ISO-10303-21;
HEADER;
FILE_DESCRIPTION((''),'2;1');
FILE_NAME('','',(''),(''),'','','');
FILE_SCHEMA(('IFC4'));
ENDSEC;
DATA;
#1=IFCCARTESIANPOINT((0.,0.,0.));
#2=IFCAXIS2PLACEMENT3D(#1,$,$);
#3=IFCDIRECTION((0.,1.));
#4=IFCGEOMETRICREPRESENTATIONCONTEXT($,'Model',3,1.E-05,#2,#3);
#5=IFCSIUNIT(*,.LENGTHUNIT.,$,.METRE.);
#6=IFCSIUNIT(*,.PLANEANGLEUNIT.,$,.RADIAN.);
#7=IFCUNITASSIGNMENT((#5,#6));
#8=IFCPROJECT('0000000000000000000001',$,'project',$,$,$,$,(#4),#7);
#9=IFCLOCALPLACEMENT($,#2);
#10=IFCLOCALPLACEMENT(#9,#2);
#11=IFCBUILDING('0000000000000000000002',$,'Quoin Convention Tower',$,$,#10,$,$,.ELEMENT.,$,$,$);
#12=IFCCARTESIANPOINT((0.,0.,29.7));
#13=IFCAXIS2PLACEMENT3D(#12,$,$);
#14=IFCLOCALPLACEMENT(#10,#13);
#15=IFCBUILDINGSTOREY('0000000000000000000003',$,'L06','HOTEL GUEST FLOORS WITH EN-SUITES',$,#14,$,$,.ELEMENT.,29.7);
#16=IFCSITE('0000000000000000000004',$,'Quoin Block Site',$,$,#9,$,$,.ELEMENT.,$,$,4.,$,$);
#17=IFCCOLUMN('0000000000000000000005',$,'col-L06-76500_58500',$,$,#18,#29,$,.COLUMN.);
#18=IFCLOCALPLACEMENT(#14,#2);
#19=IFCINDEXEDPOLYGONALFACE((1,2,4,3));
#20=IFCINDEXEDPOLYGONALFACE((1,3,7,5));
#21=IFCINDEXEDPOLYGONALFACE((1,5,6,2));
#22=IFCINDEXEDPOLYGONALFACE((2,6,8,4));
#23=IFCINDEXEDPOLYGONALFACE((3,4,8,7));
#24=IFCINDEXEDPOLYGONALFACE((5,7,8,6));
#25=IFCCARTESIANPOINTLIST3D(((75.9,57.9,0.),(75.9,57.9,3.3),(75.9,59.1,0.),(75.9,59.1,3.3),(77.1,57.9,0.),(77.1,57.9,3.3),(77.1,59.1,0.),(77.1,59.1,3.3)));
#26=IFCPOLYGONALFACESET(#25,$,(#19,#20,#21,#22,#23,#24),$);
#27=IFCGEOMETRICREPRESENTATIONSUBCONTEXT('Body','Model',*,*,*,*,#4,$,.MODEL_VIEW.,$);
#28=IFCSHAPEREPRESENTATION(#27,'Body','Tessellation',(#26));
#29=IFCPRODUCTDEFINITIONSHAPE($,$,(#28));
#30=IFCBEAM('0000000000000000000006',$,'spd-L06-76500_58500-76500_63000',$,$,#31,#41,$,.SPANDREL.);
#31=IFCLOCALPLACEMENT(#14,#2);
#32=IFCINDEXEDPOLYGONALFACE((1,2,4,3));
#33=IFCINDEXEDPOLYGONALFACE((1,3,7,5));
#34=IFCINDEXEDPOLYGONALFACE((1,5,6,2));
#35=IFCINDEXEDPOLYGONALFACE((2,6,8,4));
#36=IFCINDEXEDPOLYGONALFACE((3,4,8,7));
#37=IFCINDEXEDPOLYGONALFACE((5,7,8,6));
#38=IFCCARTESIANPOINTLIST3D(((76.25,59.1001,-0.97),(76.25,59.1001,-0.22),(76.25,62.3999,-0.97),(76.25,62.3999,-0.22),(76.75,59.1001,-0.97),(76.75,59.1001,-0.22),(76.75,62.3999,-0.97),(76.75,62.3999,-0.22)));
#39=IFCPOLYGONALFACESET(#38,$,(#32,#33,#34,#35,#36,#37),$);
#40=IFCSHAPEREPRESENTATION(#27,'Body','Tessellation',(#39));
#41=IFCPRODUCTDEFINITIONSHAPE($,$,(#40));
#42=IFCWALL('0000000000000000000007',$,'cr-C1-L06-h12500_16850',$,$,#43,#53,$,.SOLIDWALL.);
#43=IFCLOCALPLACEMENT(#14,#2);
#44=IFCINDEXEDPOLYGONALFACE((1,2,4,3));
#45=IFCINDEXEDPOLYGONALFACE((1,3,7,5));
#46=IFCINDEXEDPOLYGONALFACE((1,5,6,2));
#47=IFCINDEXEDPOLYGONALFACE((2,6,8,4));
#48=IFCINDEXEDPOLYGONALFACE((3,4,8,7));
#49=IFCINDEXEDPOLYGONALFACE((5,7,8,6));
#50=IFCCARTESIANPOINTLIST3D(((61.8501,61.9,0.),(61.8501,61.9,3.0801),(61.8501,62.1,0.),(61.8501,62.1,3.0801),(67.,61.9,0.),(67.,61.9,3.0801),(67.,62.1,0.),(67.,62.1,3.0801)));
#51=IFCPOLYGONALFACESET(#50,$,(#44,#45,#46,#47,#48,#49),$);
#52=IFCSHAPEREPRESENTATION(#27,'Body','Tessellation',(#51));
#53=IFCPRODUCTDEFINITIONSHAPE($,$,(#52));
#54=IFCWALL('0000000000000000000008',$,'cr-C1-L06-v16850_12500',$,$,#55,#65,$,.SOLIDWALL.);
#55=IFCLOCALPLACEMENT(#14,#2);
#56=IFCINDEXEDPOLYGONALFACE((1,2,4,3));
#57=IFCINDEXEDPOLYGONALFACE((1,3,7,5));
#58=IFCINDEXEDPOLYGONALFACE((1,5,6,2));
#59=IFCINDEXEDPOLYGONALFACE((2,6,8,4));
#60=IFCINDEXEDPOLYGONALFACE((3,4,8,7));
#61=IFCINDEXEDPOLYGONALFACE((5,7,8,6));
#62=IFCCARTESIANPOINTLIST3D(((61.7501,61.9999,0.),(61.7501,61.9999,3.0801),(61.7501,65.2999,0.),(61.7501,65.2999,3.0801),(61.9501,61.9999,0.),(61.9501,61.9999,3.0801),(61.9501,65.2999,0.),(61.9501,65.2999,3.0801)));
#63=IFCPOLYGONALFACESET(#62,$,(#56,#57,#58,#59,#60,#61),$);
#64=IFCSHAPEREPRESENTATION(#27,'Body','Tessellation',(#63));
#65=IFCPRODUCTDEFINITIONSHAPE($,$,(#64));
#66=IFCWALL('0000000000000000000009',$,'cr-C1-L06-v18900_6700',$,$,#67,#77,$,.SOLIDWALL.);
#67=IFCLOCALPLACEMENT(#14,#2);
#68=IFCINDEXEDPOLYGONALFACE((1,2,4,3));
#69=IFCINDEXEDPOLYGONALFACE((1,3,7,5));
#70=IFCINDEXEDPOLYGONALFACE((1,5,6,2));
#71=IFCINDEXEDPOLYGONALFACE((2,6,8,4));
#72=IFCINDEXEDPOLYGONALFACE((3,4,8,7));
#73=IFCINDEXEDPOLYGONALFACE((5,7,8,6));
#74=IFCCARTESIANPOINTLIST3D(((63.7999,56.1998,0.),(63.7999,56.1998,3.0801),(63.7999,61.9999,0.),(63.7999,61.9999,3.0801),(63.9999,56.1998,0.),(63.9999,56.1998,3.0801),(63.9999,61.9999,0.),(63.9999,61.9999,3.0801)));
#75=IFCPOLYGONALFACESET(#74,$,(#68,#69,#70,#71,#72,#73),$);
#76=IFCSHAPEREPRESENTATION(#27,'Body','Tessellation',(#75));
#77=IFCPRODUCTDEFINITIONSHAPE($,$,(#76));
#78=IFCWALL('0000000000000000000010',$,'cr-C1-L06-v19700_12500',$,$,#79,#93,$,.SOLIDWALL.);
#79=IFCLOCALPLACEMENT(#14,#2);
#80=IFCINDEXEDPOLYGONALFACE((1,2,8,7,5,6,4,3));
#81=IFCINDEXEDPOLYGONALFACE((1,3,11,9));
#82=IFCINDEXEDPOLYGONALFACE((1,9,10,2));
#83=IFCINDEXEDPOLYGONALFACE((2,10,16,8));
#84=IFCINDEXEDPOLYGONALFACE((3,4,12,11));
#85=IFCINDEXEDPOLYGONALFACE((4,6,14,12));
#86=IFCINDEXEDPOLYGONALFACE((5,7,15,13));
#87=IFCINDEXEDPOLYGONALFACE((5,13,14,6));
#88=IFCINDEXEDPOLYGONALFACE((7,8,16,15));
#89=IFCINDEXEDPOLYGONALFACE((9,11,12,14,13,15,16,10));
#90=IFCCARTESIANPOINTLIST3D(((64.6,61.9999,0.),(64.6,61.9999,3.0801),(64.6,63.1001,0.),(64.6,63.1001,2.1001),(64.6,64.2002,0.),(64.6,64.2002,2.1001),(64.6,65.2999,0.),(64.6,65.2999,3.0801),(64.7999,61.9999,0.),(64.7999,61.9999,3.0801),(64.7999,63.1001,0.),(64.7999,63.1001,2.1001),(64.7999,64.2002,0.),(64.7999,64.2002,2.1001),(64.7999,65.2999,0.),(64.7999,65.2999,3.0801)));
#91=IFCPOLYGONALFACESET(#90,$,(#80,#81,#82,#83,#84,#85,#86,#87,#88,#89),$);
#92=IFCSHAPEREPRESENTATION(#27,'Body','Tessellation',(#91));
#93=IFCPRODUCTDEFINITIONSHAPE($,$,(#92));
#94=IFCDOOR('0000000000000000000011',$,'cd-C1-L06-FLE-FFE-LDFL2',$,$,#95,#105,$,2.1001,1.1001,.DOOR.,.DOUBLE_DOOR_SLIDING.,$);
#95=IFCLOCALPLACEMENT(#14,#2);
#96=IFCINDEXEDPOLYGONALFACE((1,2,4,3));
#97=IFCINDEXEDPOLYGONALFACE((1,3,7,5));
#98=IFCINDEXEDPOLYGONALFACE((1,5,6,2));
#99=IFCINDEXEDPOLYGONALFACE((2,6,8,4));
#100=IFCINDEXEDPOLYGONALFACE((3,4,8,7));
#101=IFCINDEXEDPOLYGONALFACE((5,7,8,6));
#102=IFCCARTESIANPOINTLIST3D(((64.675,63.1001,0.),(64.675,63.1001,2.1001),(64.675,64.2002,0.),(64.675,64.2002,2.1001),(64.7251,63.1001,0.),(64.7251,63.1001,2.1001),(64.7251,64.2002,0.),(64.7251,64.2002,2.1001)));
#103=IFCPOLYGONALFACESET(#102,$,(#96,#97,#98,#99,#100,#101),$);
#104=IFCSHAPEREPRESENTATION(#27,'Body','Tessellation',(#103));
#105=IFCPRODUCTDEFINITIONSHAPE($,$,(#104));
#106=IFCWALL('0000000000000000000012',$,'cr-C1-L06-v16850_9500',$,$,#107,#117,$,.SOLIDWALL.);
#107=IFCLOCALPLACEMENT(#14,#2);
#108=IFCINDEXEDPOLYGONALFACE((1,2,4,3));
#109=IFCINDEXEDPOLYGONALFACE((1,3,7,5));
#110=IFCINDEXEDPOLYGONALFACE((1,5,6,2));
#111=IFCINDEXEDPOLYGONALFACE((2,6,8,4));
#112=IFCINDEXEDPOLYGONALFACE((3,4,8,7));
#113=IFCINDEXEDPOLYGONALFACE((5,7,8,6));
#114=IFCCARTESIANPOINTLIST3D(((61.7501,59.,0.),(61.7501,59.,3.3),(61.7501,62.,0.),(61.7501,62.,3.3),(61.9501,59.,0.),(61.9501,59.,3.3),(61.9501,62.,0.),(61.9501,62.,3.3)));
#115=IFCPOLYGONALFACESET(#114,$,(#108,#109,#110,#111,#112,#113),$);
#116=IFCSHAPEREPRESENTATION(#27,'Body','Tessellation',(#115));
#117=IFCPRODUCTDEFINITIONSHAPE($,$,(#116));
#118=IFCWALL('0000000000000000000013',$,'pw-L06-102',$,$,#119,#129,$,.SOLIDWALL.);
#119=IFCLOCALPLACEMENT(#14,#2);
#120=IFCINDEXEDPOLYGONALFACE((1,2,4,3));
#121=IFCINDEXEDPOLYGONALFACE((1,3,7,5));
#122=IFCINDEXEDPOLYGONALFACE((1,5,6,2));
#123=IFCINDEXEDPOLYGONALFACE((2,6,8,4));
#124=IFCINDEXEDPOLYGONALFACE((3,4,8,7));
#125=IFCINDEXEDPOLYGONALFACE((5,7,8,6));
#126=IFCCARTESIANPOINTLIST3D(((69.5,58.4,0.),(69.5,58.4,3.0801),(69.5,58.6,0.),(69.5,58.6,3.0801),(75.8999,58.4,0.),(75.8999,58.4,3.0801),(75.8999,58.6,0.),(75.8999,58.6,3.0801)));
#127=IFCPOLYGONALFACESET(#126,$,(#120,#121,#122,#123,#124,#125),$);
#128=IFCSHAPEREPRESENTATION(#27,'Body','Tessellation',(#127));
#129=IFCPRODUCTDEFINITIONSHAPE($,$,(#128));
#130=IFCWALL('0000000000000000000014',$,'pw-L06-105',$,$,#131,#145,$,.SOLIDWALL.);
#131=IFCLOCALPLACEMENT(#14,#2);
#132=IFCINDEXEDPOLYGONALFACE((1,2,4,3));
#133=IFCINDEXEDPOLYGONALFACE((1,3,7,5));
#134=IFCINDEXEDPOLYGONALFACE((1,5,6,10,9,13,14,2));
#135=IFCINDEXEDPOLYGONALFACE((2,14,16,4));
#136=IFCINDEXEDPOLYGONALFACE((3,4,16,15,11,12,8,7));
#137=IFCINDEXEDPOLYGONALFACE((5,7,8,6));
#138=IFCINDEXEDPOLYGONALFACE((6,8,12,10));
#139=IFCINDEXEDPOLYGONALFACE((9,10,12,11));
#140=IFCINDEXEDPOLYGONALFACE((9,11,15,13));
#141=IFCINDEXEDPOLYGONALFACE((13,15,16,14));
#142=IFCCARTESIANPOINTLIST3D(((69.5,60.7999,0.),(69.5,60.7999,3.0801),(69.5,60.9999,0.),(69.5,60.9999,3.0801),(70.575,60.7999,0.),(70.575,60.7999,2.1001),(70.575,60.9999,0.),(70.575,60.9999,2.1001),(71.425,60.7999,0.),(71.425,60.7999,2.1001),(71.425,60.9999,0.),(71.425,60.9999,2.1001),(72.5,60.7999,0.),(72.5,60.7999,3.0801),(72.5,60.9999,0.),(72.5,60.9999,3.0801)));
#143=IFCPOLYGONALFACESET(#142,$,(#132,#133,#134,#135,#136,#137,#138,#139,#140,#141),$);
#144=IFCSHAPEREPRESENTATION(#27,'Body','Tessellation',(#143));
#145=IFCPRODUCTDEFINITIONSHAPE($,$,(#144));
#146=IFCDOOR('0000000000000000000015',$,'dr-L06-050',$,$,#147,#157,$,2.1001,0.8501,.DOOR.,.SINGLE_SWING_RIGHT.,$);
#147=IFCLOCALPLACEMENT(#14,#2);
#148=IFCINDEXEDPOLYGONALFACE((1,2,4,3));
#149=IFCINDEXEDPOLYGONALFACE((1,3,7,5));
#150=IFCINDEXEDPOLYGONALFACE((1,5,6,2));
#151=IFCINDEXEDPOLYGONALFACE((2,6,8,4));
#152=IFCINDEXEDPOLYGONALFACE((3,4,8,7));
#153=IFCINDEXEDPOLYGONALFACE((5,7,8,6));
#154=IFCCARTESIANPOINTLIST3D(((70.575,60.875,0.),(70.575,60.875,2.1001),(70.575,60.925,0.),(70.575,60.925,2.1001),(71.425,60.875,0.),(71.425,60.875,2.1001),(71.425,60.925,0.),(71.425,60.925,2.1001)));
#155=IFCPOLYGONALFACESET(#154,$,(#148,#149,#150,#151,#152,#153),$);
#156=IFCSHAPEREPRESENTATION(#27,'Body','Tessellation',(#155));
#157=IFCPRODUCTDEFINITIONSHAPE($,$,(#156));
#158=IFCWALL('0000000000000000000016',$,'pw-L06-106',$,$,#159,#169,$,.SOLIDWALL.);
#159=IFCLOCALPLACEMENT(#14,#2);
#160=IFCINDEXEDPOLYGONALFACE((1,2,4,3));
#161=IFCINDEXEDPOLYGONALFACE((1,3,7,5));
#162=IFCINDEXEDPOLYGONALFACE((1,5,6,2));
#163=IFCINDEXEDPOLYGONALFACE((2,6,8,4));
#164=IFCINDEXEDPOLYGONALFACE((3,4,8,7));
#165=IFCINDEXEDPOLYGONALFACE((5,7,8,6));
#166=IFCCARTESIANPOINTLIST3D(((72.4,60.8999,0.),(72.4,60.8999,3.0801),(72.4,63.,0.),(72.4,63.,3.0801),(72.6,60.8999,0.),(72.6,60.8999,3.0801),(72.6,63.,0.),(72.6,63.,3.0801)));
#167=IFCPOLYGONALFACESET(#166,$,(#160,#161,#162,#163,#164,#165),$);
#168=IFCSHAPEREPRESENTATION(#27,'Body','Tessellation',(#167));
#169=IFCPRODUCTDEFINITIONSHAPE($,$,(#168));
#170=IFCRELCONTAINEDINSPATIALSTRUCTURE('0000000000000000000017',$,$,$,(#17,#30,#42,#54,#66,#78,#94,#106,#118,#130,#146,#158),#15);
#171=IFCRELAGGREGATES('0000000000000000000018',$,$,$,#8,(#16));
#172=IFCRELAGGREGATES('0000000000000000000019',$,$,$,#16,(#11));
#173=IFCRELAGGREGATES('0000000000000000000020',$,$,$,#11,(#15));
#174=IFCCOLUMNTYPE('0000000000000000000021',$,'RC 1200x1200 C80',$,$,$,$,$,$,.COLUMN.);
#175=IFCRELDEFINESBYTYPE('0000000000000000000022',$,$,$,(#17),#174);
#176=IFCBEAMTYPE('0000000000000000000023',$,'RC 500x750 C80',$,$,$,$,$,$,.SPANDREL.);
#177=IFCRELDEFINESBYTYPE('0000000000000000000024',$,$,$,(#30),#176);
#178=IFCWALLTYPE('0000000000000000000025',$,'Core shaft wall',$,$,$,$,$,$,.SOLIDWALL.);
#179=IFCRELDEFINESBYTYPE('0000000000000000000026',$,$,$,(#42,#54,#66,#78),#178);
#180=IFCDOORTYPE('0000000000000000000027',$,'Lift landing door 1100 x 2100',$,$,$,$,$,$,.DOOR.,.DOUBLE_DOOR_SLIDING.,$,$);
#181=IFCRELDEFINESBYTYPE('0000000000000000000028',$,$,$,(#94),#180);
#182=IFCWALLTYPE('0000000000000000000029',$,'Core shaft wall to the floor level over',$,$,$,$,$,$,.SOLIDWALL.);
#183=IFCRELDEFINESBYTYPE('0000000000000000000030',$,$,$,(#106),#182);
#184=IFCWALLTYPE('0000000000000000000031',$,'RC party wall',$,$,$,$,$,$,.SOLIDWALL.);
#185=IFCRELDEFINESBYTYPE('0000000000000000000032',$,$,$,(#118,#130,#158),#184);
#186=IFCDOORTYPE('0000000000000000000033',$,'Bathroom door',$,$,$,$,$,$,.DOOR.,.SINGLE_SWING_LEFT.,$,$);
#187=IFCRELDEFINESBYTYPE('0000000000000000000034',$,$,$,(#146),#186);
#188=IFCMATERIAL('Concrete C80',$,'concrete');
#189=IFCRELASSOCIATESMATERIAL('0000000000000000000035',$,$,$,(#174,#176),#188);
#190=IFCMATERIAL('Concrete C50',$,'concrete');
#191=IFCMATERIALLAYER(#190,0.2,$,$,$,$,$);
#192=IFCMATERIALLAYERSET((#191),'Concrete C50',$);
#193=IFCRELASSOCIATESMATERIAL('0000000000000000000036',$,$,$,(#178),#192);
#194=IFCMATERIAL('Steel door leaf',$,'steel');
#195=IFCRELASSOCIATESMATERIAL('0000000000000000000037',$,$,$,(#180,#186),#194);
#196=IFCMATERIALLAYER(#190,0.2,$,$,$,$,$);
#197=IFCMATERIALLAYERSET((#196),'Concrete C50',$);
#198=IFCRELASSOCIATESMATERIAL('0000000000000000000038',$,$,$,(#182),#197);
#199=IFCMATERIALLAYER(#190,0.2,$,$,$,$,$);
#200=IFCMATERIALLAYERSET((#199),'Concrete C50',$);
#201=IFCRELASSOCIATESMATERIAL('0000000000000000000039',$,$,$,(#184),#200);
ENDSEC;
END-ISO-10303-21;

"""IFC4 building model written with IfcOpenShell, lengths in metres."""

from ifc_helpers import new_model, si_unit, direction, frame, frame_2d, origin, origin_2d, place, context, subcontext, project, spatial, rectangle, extrude, material, layer, layer_set, material_profile, profile_set, type_object, element, fill, save


model = new_model("IFC4")

# Units and contexts
model_context = context("Model", 3, precision=1e-05, world=origin(), true_north=direction((0.0, 1.0)))
body_context = subcontext(model_context, "Body", "Model", "MODEL_VIEW")
ifc_project = project(units=[si_unit("LENGTHUNIT", "METRE"), si_unit("PLANEANGLEUNIT", "RADIAN")], contexts=[model_context])

# Site, building, storey
site_placement = place(None, origin())
site = spatial("IfcSite", under=ifc_project, at=site_placement, Name="Quoin Block Site", CompositionType="ELEMENT", RefElevation=4.0)
building_placement = place(site_placement, origin())
building = spatial("IfcBuilding", under=site, at=building_placement, Name="Quoin Convention Tower", CompositionType="ELEMENT")
storey_placement = place(building_placement, frame((0.0, 0.0, 29.7)))
storey = spatial("IfcBuildingStorey", under=building, at=storey_placement, Name="L06", Description="HOTEL GUEST FLOORS WITH EN-SUITES", CompositionType="ELEMENT", Elevation=29.7)

# Column
ifc_material_1 = material(Name="Concrete C80", Category="concrete")
ifc_material_profile_1 = material_profile(ifc_material_1, rectangle(XDim=1.2, YDim=1.2, at=origin_2d()), Name="RC 1200x1200")
ifc_profile_set_1 = profile_set([ifc_material_profile_1], Name="Concrete C80")
column_type = type_object("IfcColumnType", Name="RC 1200x1200 C80", PredefinedType="COLUMN", material=ifc_profile_set_1)
column_placement = place(storey_placement, frame((76.5, 58.5, 0.0), z_axis=(0.0, 0.0, 1.0), x_axis=(1.0, 0.0, 0.0)))
element("IfcColumn", 1, at=column_placement, inside=storey, type_object=column_type, Name="col-L06-76500_58500", PredefinedType="COLUMN", context=body_context, shape_type="SweptSolid", body=[
    extrude(rectangle(XDim=1.2, YDim=1.2, at=origin_2d()), origin(), (0.0, 0.0, 1.0), 3.3),
])

# Beam
ifc_material_profile_2 = material_profile(ifc_material_1, rectangle(XDim=0.5, YDim=0.75, at=origin_2d()), Name="RC 500x750")
ifc_profile_set_2 = profile_set([ifc_material_profile_2], Name="Concrete C80")
beam_type = type_object("IfcBeamType", Name="RC 500x750 C80", PredefinedType="SPANDREL", material=ifc_profile_set_2)
beam_placement = place(storey_placement, frame((76.5, 59.1001, -0.595), z_axis=(0.0, 1.0, 0.0), x_axis=(-1.0, 0.0, 0.0)))
element("IfcBeam", 2, at=beam_placement, inside=storey, type_object=beam_type, Name="spd-L06-76500_58500-76500_63000", PredefinedType="SPANDREL", context=body_context, shape_type="SweptSolid", body=[
    extrude(rectangle(XDim=0.5, YDim=0.75, at=origin_2d()), origin(), (0.0, 0.0, 1.0), 3.2998),
])

# Walls
ifc_material_2 = material(Name="Concrete C50", Category="concrete")
ifc_layer_1 = layer(ifc_material_2, 0.2)
ifc_layer_set_1 = layer_set([ifc_layer_1], Name="Concrete C50")
wall_type_1 = type_object("IfcWallType", Name="Core shaft wall", PredefinedType="SOLIDWALL", material=ifc_layer_set_1)
wall_1_placement = place(storey_placement, frame((61.8501, 62.0, 0.0), z_axis=(0.0, 0.0, 1.0), x_axis=(1.0, 0.0, 0.0)))
element("IfcWall", 3, at=wall_1_placement, inside=storey, type_object=wall_type_1, Name="cr-C1-L06-h12500_16850", PredefinedType="SOLIDWALL", context=body_context, shape_type="SweptSolid", body=[
    extrude(rectangle(XDim=5.1499, YDim=0.2, at=frame_2d((2.575, 0.0))), origin(), (0.0, 0.0, 1.0), 3.0801),
])
wall_2_placement = place(storey_placement, frame((61.8501, 62.0, 0.0), z_axis=(0.0, 0.0, 1.0), x_axis=(0.0, 1.0, 0.0)))
element("IfcWall", 4, at=wall_2_placement, inside=storey, type_object=wall_type_1, Name="cr-C1-L06-v16850_12500", PredefinedType="SOLIDWALL", context=body_context, shape_type="SweptSolid", body=[
    extrude(rectangle(XDim=3.3, YDim=0.2, at=frame_2d((1.6499, 0.0))), origin(), (0.0, 0.0, 1.0), 3.0801),
])
wall_3_placement = place(storey_placement, frame((63.8999, 56.2, 0.0), z_axis=(0.0, 0.0, 1.0), x_axis=(0.0, 1.0, 0.0)))
element("IfcWall", 5, at=wall_3_placement, inside=storey, type_object=wall_type_1, Name="cr-C1-L06-v18900_6700", PredefinedType="SOLIDWALL", context=body_context, shape_type="SweptSolid", body=[
    extrude(rectangle(XDim=5.8, YDim=0.2, at=frame_2d((2.8999, 0.0))), origin(), (0.0, 0.0, 1.0), 3.0801),
])

# Wall, opening, door
wall_4_placement = place(storey_placement, frame((64.7, 62.0, 0.0), z_axis=(0.0, 0.0, 1.0), x_axis=(0.0, 1.0, 0.0)))
wall_4 = element("IfcWall", 6, at=wall_4_placement, inside=storey, type_object=wall_type_1, Name="cr-C1-L06-v19700_12500", PredefinedType="SOLIDWALL", context=body_context, shape_type="SweptSolid", body=[
    extrude(rectangle(XDim=3.3, YDim=0.2, at=frame_2d((1.6499, 0.0))), origin(), (0.0, 0.0, 1.0), 3.0801),
])
opening_1_placement = place(wall_4_placement, frame((1.1001, 0.0, 0.0)))
opening_1 = element("IfcOpeningElement", 7, at=opening_1_placement, cuts=wall_4, PredefinedType="OPENING", context=body_context, shape_type="SweptSolid", body=[
    extrude(rectangle(XDim=1.1001, YDim=2.1001, at=frame_2d((0.55, 1.05))), frame((0.0, 0.1099, 0.0), z_axis=(0.0, -1.0, 0.0), x_axis=(1.0, 0.0, 0.0)), (0.0, 0.0, 1.0), 0.22),
])
ifc_material_3 = material(Name="Steel door leaf", Category="steel")
door_type_1 = type_object("IfcDoorType", Name="Lift landing door 1100 x 2100", OperationType="DOUBLE_DOOR_SLIDING", PredefinedType="DOOR", material=ifc_material_3)
door_1_placement = place(opening_1_placement, origin())
door_1 = element("IfcDoor", 8, at=door_1_placement, inside=storey, type_object=door_type_1, Name="cd-C1-L06-FLE-FFE-LDFL2", OperationType="DOUBLE_DOOR_SLIDING", OverallHeight=2.1001, OverallWidth=1.1001, PredefinedType="DOOR", context=body_context, shape_type="SweptSolid", body=[
    extrude(rectangle(XDim=1.1001, YDim=2.1001, at=frame_2d((0.55, 1.05))), frame((0.0, 0.0249, 0.0), z_axis=(0.0, -1.0, 0.0), x_axis=(1.0, 0.0, 0.0)), (0.0, 0.0, 1.0), 0.05),
])
fill(opening_1, door_1)

# Walls
ifc_layer_2 = layer(ifc_material_2, 0.2)
ifc_layer_set_2 = layer_set([ifc_layer_2], Name="Concrete C50")
wall_type_2 = type_object("IfcWallType", Name="Core shaft wall to the floor level over", PredefinedType="SOLIDWALL", material=ifc_layer_set_2)
wall_5_placement = place(storey_placement, frame((61.8501, 59.0, 0.0), z_axis=(0.0, 0.0, 1.0), x_axis=(0.0, 1.0, 0.0)))
element("IfcWall", 9, at=wall_5_placement, inside=storey, type_object=wall_type_2, Name="cr-C1-L06-v16850_9500", PredefinedType="SOLIDWALL", context=body_context, shape_type="SweptSolid", body=[
    extrude(rectangle(XDim=3.0, YDim=0.2, at=frame_2d((1.5, 0.0))), origin(), (0.0, 0.0, 1.0), 3.3),
])
ifc_layer_3 = layer(ifc_material_2, 0.2)
ifc_layer_set_3 = layer_set([ifc_layer_3], Name="Concrete C50")
wall_type_3 = type_object("IfcWallType", Name="RC party wall", PredefinedType="SOLIDWALL", material=ifc_layer_set_3)
wall_6_placement = place(storey_placement, frame((69.5, 58.5, 0.0), z_axis=(0.0, 0.0, 1.0), x_axis=(1.0, 0.0, 0.0)))
element("IfcWall", 10, at=wall_6_placement, inside=storey, type_object=wall_type_3, Name="pw-L06-102", PredefinedType="SOLIDWALL", context=body_context, shape_type="SweptSolid", body=[
    extrude(rectangle(XDim=6.3999, YDim=0.2, at=frame_2d((3.2, 0.0))), origin(), (0.0, 0.0, 1.0), 3.0801),
])

# Wall, opening, door
wall_7_placement = place(storey_placement, frame((69.5, 60.8999, 0.0), z_axis=(0.0, 0.0, 1.0), x_axis=(1.0, 0.0, 0.0)))
wall_7 = element("IfcWall", 11, at=wall_7_placement, inside=storey, type_object=wall_type_3, Name="pw-L06-105", PredefinedType="SOLIDWALL", context=body_context, shape_type="SweptSolid", body=[
    extrude(rectangle(XDim=3.0, YDim=0.2, at=frame_2d((1.5, 0.0))), origin(), (0.0, 0.0, 1.0), 3.0801),
])
opening_2_placement = place(wall_7_placement, frame((1.075, 0.0, 0.0)))
opening_2 = element("IfcOpeningElement", 12, at=opening_2_placement, cuts=wall_7, PredefinedType="OPENING", context=body_context, shape_type="SweptSolid", body=[
    extrude(rectangle(XDim=0.8501, YDim=2.1001, at=frame_2d((0.425, 1.05))), frame((0.0, 0.1099, 0.0), z_axis=(0.0, -1.0, 0.0), x_axis=(1.0, 0.0, 0.0)), (0.0, 0.0, 1.0), 0.22),
])
door_type_2 = type_object("IfcDoorType", Name="Bathroom door", OperationType="SINGLE_SWING_LEFT", PredefinedType="DOOR", material=ifc_material_3)
door_2_placement = place(opening_2_placement, frame((0.8501, 0.0, 0.0), z_axis=(0.0, 0.0, 1.0), x_axis=(-1.0, 0.0, 0.0)))
door_2 = element("IfcDoor", 13, at=door_2_placement, inside=storey, type_object=door_type_2, Name="dr-L06-050", OperationType="SINGLE_SWING_RIGHT", OverallHeight=2.1001, OverallWidth=0.8501, PredefinedType="DOOR", context=body_context, shape_type="SweptSolid", body=[
    extrude(rectangle(XDim=0.8501, YDim=2.1001, at=frame_2d((0.425, 1.05))), frame((0.0, 0.0249, 0.0), z_axis=(0.0, -1.0, 0.0), x_axis=(1.0, 0.0, 0.0)), (0.0, 0.0, 1.0), 0.05),
])
fill(opening_2, door_2)

# Wall
wall_8_placement = place(storey_placement, frame((72.5, 60.8999, 0.0), z_axis=(0.0, 0.0, 1.0), x_axis=(0.0, 1.0, 0.0)))
element("IfcWall", 14, at=wall_8_placement, inside=storey, type_object=wall_type_3, Name="pw-L06-106", PredefinedType="SOLIDWALL", context=body_context, shape_type="SweptSolid", body=[
    extrude(rectangle(XDim=2.1001, YDim=0.2, at=frame_2d((1.05, 0.0))), origin(), (0.0, 0.0, 1.0), 3.0801),
])

save(model, "model.ifc")
